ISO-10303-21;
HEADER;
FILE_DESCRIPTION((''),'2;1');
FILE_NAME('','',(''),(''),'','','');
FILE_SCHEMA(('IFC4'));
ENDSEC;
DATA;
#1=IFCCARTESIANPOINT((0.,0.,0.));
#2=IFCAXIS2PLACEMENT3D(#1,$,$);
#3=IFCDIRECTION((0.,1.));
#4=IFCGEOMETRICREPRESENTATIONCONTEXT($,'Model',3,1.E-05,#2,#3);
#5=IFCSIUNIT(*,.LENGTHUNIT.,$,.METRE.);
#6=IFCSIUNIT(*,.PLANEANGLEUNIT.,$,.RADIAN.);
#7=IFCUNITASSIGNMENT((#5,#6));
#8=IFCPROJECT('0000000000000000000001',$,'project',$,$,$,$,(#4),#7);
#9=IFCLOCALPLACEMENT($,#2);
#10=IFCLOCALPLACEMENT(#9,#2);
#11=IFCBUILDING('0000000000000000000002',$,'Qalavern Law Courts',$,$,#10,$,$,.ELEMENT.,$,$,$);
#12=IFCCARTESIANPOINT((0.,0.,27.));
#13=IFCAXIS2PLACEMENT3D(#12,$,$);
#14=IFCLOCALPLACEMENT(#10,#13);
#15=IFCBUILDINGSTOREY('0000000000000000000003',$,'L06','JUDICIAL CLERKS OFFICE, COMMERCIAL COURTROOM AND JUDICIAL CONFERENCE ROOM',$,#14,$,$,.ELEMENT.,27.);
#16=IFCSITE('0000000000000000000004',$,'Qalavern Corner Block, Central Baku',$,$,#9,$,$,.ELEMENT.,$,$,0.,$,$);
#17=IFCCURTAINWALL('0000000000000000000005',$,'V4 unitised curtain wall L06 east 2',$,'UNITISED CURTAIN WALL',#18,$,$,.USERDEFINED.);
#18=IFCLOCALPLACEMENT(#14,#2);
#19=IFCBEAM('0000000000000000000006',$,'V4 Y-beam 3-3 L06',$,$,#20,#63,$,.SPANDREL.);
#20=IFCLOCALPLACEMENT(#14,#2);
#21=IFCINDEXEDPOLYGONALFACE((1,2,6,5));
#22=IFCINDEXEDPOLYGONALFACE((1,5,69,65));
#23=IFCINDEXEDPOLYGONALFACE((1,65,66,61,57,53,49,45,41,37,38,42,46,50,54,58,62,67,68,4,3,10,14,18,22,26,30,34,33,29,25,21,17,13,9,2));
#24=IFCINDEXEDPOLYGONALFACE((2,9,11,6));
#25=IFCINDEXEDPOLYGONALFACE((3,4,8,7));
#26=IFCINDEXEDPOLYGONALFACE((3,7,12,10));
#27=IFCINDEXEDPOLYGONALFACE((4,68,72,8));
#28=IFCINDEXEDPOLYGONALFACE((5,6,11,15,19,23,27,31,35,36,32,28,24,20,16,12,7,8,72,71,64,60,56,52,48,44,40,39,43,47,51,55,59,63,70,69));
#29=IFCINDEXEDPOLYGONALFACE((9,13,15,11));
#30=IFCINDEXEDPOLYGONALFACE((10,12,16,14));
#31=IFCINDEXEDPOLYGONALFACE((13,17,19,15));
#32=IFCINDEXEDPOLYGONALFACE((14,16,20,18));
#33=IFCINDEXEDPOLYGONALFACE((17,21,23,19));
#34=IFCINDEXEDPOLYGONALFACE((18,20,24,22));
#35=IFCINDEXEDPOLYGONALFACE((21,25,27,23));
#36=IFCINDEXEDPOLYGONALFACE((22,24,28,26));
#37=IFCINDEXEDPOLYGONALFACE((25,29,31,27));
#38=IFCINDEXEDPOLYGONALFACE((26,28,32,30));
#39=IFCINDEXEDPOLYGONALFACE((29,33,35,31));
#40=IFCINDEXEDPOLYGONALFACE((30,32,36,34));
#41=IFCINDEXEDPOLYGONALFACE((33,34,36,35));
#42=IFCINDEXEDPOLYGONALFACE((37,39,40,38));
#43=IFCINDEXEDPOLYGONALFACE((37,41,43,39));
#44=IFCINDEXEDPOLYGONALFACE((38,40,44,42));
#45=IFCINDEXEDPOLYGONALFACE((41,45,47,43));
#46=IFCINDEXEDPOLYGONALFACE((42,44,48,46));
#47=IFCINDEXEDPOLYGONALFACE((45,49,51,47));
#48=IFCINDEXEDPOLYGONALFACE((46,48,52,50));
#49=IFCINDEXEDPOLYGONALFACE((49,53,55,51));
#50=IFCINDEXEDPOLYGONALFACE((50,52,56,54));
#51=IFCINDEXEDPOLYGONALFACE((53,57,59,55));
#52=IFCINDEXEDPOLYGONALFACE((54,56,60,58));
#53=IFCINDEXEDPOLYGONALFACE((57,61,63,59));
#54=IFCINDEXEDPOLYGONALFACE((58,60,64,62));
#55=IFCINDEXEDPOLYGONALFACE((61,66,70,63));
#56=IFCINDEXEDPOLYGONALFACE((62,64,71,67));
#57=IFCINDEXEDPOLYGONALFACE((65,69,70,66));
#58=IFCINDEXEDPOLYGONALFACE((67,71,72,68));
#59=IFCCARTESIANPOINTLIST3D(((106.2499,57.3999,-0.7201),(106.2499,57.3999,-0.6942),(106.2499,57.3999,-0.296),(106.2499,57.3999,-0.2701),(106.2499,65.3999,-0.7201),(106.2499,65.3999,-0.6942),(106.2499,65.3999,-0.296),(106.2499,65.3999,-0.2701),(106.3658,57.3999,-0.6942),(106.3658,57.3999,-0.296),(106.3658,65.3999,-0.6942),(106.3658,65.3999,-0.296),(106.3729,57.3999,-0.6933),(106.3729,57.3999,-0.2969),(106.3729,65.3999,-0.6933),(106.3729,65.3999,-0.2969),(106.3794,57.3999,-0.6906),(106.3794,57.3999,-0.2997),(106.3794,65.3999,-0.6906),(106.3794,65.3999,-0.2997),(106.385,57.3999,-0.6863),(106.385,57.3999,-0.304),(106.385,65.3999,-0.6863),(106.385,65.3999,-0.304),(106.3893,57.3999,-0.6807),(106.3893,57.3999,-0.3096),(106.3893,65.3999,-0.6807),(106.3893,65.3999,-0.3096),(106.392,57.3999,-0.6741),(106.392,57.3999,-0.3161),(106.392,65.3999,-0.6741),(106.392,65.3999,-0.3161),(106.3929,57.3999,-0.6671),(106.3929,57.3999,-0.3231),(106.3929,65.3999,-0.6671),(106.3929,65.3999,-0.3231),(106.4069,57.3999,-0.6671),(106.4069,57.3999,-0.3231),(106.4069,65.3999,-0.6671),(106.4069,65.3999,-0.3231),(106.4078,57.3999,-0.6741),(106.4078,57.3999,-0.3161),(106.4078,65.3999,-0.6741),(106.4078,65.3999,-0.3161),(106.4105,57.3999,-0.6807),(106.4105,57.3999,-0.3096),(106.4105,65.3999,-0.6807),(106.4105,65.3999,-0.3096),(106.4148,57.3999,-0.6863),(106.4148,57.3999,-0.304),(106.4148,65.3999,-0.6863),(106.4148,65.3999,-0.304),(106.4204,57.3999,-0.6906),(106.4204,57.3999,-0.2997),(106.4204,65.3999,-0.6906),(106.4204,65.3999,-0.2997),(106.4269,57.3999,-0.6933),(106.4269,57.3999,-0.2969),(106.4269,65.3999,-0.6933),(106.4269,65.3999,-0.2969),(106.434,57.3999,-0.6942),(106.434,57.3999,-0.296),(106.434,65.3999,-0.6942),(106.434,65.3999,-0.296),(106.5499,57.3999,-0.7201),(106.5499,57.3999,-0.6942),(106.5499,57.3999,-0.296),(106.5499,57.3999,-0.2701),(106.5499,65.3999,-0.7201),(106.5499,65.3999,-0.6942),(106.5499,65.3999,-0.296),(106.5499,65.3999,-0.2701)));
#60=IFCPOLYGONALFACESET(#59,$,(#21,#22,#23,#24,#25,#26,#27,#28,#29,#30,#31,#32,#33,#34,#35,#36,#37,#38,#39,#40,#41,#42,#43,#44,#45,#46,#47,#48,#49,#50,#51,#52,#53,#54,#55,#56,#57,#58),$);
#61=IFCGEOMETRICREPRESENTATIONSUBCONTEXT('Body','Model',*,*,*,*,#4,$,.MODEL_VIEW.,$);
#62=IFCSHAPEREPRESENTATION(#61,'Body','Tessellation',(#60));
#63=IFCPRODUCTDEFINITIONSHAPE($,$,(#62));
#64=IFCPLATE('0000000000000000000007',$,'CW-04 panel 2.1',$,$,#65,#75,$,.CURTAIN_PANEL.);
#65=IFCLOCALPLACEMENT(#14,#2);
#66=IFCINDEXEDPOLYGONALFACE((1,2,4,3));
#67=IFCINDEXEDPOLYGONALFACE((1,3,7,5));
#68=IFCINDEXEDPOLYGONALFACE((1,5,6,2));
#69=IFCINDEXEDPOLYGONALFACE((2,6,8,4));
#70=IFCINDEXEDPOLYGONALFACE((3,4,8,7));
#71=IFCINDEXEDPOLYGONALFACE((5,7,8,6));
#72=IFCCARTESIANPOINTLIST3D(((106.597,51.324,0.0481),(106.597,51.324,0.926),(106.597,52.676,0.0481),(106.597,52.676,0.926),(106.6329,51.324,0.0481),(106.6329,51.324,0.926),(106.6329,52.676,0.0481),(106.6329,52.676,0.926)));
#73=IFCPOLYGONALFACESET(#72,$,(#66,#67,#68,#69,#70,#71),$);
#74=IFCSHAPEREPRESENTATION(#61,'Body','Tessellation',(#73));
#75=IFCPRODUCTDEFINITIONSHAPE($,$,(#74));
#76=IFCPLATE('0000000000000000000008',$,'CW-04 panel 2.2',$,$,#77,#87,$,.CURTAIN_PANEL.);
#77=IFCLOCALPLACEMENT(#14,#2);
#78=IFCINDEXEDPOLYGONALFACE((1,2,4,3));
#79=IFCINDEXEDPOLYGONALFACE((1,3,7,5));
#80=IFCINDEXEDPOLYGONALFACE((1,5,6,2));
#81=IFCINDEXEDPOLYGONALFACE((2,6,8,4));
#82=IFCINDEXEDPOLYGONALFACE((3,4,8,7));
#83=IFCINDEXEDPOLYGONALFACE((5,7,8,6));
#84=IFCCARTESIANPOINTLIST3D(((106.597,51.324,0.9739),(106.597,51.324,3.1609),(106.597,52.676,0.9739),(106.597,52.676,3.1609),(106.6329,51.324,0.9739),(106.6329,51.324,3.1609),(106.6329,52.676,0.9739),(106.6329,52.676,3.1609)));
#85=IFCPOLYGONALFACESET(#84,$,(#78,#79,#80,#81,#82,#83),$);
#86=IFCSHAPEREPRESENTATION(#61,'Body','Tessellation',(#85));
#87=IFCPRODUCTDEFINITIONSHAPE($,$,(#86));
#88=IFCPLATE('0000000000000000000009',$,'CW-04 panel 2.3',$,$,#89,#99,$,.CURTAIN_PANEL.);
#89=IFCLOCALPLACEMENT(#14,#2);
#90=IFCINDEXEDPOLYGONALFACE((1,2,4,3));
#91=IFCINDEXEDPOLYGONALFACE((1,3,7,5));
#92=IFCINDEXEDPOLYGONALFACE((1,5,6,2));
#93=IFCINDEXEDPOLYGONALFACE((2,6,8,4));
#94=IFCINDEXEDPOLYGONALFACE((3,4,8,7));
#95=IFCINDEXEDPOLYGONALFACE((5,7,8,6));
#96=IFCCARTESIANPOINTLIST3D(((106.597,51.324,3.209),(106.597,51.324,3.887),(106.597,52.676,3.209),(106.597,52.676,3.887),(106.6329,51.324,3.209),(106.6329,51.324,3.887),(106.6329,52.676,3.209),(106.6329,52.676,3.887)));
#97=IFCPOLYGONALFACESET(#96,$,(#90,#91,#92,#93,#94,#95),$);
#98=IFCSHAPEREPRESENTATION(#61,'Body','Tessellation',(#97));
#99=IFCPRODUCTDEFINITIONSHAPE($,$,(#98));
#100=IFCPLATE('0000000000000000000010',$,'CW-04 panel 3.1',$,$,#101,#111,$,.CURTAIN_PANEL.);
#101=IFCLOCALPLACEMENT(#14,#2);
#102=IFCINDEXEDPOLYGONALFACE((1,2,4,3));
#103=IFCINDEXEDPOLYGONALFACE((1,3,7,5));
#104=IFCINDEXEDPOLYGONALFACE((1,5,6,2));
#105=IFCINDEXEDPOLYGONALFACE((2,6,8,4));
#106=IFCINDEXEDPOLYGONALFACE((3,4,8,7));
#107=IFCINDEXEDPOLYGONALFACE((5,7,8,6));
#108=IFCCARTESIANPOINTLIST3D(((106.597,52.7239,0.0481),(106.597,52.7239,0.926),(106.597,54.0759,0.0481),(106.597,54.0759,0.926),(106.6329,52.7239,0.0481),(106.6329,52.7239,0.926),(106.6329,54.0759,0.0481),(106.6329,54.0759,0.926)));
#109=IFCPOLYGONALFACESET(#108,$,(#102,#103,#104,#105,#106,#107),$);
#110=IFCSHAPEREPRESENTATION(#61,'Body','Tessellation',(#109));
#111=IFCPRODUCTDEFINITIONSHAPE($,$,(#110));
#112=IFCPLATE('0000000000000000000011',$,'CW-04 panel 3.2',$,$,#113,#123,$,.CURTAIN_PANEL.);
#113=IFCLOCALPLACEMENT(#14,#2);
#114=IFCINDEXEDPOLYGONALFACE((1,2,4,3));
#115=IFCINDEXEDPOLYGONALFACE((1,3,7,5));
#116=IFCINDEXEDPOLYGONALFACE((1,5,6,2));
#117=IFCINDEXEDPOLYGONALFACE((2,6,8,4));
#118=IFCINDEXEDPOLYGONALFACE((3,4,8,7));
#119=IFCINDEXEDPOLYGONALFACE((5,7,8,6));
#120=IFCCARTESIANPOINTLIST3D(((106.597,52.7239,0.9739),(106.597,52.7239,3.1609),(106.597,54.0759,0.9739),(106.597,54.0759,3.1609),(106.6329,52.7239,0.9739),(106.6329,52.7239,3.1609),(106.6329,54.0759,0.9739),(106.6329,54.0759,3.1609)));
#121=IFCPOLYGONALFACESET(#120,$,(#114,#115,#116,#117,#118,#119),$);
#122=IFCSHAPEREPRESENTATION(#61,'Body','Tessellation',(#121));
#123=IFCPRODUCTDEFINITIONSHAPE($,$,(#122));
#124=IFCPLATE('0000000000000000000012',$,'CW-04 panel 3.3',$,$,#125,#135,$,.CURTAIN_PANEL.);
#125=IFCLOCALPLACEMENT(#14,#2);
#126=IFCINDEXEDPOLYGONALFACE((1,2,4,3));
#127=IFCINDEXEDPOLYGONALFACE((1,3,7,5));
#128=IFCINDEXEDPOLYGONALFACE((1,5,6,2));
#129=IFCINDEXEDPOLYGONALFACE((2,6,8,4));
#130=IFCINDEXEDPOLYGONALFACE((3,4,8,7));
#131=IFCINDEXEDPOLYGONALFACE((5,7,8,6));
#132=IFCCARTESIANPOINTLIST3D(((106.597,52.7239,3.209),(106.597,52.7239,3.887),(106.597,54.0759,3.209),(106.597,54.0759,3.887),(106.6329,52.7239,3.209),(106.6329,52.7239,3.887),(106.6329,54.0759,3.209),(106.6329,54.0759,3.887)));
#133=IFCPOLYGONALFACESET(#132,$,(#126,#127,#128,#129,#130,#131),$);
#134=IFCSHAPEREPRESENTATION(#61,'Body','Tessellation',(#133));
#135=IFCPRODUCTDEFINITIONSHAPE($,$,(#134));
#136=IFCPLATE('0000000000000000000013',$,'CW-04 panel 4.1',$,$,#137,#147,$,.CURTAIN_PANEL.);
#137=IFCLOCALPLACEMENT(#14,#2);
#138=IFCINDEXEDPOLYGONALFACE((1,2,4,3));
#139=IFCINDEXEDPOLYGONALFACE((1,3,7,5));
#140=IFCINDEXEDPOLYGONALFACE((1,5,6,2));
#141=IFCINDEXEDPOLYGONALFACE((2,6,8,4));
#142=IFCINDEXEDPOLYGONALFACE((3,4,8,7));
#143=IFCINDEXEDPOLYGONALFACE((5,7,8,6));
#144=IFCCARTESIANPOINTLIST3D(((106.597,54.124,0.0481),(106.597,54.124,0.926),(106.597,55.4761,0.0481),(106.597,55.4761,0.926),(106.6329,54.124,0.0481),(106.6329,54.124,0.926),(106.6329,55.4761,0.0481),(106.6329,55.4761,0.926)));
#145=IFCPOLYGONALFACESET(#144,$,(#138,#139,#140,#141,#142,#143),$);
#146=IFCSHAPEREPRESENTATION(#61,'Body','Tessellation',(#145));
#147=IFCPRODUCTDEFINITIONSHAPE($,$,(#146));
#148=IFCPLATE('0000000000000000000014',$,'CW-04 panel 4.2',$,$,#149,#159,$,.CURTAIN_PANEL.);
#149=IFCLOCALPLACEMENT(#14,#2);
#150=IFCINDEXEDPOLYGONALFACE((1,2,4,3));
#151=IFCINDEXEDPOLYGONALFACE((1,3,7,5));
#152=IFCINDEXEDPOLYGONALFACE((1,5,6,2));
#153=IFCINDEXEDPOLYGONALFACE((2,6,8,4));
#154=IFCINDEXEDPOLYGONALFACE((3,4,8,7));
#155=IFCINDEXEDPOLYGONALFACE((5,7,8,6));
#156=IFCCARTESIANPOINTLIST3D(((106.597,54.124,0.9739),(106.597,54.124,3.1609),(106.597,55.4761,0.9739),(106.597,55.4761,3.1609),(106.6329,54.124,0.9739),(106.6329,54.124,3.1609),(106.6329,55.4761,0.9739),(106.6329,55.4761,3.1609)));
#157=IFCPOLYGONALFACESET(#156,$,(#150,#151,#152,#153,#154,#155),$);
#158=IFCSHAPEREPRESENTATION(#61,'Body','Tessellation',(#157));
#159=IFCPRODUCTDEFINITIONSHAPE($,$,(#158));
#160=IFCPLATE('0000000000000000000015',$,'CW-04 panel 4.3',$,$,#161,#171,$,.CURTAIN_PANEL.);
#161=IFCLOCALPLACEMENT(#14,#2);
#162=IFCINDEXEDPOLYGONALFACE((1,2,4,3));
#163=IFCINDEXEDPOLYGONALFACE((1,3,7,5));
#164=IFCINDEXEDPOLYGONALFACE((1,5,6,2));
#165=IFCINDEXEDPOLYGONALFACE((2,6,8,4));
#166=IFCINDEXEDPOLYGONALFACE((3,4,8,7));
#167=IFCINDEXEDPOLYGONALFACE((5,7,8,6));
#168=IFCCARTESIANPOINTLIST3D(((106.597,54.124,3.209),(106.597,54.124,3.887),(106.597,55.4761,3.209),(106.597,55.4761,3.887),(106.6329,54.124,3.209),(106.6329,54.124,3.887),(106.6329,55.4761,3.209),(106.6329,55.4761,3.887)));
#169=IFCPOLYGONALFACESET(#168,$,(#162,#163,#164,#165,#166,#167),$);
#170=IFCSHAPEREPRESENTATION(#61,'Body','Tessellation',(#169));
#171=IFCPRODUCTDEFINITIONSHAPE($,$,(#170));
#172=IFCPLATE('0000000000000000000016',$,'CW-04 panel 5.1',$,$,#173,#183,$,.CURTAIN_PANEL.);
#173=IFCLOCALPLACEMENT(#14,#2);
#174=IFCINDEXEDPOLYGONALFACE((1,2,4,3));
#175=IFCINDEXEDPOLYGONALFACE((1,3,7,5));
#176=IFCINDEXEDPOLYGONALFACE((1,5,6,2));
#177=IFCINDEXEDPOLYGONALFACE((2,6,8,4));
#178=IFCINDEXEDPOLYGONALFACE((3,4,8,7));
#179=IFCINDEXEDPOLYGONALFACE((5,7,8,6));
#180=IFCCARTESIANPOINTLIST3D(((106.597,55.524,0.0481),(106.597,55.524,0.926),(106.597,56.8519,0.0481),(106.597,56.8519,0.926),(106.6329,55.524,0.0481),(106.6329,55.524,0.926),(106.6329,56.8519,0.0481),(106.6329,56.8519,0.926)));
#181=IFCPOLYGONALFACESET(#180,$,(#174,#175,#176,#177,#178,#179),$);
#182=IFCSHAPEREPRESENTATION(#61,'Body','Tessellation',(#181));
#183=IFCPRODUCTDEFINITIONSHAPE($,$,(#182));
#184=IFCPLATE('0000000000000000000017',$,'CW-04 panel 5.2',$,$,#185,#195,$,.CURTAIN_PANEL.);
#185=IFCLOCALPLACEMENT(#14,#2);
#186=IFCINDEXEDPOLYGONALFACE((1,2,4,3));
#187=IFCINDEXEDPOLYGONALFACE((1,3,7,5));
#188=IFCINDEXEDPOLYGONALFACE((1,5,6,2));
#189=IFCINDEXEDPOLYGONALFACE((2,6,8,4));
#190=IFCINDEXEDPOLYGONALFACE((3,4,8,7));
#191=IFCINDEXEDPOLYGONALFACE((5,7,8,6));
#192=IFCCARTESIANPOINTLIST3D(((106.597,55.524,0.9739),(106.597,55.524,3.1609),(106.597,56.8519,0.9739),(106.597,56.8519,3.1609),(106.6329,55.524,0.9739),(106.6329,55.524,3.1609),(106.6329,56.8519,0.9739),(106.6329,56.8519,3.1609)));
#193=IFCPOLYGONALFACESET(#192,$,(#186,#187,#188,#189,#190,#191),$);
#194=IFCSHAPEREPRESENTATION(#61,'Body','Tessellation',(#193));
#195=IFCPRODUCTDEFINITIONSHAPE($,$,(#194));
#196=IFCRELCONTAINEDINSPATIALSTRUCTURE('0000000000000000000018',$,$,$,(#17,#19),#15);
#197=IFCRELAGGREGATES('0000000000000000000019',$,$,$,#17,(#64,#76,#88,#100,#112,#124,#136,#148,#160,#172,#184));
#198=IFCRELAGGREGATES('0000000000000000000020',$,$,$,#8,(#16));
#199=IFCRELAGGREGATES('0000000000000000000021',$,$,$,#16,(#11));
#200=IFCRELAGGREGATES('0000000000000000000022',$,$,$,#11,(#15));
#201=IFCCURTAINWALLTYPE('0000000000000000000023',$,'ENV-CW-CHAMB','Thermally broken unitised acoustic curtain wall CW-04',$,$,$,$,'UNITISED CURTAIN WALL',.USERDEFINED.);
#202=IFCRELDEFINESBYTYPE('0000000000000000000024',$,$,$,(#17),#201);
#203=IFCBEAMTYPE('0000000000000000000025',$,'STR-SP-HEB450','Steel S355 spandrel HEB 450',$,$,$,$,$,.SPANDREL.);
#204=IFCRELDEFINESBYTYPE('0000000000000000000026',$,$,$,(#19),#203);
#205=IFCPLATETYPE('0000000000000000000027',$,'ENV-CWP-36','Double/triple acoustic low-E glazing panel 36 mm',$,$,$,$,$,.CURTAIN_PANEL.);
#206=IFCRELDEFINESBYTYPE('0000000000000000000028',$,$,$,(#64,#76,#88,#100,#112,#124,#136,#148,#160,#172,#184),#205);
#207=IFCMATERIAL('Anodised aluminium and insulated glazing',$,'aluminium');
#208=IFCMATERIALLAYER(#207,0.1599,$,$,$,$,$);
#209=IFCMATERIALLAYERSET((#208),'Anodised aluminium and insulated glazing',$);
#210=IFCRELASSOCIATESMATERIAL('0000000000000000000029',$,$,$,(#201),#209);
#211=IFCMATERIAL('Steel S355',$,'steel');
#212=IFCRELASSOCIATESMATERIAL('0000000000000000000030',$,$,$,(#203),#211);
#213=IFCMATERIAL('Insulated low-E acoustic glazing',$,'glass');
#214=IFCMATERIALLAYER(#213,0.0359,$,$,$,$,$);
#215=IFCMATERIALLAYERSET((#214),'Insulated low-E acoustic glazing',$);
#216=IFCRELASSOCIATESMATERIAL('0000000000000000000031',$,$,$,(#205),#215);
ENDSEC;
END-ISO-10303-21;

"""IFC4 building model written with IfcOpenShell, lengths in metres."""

from ifc_helpers import new_model, si_unit, direction, frame, origin, origin_2d, place, context, subcontext, project, spatial, rectangle, i_section, extrude, material, layer, layer_set, material_profile, profile_set, type_object, element, aggregate, save


model = new_model("IFC4")

# Units and contexts
model_context = context("Model", 3, precision=1e-05, world=origin(), true_north=direction((0.0, 1.0)))
body_context = subcontext(model_context, "Body", "Model", "MODEL_VIEW")
ifc_project = project(units=[si_unit("LENGTHUNIT", "METRE"), si_unit("PLANEANGLEUNIT", "RADIAN")], contexts=[model_context])

# Site, building, storey
site_placement = place(None, origin())
site = spatial("IfcSite", under=ifc_project, at=site_placement, Name="Qalavern Corner Block, Central Baku", CompositionType="ELEMENT", RefElevation=0.0)
building_placement = place(site_placement, origin())
building = spatial("IfcBuilding", under=site, at=building_placement, Name="Qalavern Law Courts", CompositionType="ELEMENT")
storey_placement = place(building_placement, frame((0.0, 0.0, 27.0)))
storey = spatial("IfcBuildingStorey", under=building, at=storey_placement, Name="L06", Description="JUDICIAL CLERKS OFFICE, COMMERCIAL COURTROOM AND JUDICIAL CONFERENCE ROOM", CompositionType="ELEMENT", Elevation=27.0)

# Curtain wall
ifc_material_1 = material(Name="Anodised aluminium and insulated glazing", Category="aluminium")
ifc_layer_1 = layer(ifc_material_1, 0.1599)
ifc_layer_set_1 = layer_set([ifc_layer_1], Name="Anodised aluminium and insulated glazing")
curtain_wall_type = type_object("IfcCurtainWallType", Name="ENV-CW-CHAMB", Description="Thermally broken unitised acoustic curtain wall CW-04", ElementType="UNITISED CURTAIN WALL", PredefinedType="USERDEFINED", material=ifc_layer_set_1)
curtain_wall_placement = place(storey_placement, origin())
curtain_wall = element("IfcCurtainWall", 1, at=curtain_wall_placement, inside=storey, type_object=curtain_wall_type, Name="V4 unitised curtain wall L06 east 2", ObjectType="UNITISED CURTAIN WALL", PredefinedType="USERDEFINED")

# Beam
ifc_material_2 = material(Name="Steel S355", Category="steel")
ifc_material_profile_1 = material_profile(ifc_material_2, i_section(OverallWidth=0.3, OverallDepth=0.45, WebThickness=0.0139, FlangeThickness=0.0259, FilletRadius=0.0271, at=origin_2d()), Name="HEB 450")
ifc_profile_set_1 = profile_set([ifc_material_profile_1], Name="Steel S355")
beam_type_1 = type_object("IfcBeamType", Name="STR-SP-HEB450", Description="Steel S355 spandrel HEB 450", PredefinedType="SPANDREL", material=ifc_profile_set_1)
beam_1_placement = place(storey_placement, frame((106.3999, 57.3999, -0.4951), z_axis=(0.0, 1.0, 0.0), x_axis=(-1.0, 0.0, 0.0)))
element("IfcBeam", 2, at=beam_1_placement, inside=storey, type_object=beam_type_1, Name="V4 Y-beam 3-3 L06", PredefinedType="SPANDREL", context=body_context, shape_type="SweptSolid", body=[
    extrude(i_section(OverallWidth=0.3, OverallDepth=0.45, WebThickness=0.0139, FlangeThickness=0.0259, FilletRadius=0.0271, at=origin_2d()), origin(), (0.0, 0.0, 1.0), 8.0),
])

# Plates
ifc_material_3 = material(Name="Insulated low-E acoustic glazing", Category="glass")
ifc_layer_2 = layer(ifc_material_3, 0.0359)
ifc_layer_set_2 = layer_set([ifc_layer_2], Name="Insulated low-E acoustic glazing")
plate_type = type_object("IfcPlateType", Name="ENV-CWP-36", Description="Double/triple acoustic low-E glazing panel 36 mm", PredefinedType="CURTAIN_PANEL", material=ifc_layer_set_2)
plate_1_placement = place(storey_placement, frame((106.615, 52.0, 0.0481), z_axis=(0.0, 0.0, 1.0), x_axis=(0.0, 1.0, 0.0)))
plate_1 = element("IfcPlate", 3, at=plate_1_placement, type_object=plate_type, Name="CW-04 panel 2.1", PredefinedType="CURTAIN_PANEL", context=body_context, shape_type="SweptSolid", body=[
    extrude(rectangle(XDim=1.3521, YDim=0.0359, at=origin_2d()), origin(), (0.0, 0.0, 1.0), 0.8779),
])
plate_2_placement = place(storey_placement, frame((106.615, 52.0, 0.9739), z_axis=(0.0, 0.0, 1.0), x_axis=(0.0, 1.0, 0.0)))
plate_2 = element("IfcPlate", 4, at=plate_2_placement, type_object=plate_type, Name="CW-04 panel 2.2", PredefinedType="CURTAIN_PANEL", context=body_context, shape_type="SweptSolid", body=[
    extrude(rectangle(XDim=1.3521, YDim=0.0359, at=origin_2d()), origin(), (0.0, 0.0, 1.0), 2.187),
])
plate_3_placement = place(storey_placement, frame((106.615, 52.0, 3.209), z_axis=(0.0, 0.0, 1.0), x_axis=(0.0, 1.0, 0.0)))
plate_3 = element("IfcPlate", 5, at=plate_3_placement, type_object=plate_type, Name="CW-04 panel 2.3", PredefinedType="CURTAIN_PANEL", context=body_context, shape_type="SweptSolid", body=[
    extrude(rectangle(XDim=1.3521, YDim=0.0359, at=origin_2d()), origin(), (0.0, 0.0, 1.0), 0.678),
])
plate_4_placement = place(storey_placement, frame((106.615, 53.3999, 0.0481), z_axis=(0.0, 0.0, 1.0), x_axis=(0.0, 1.0, 0.0)))
plate_4 = element("IfcPlate", 6, at=plate_4_placement, type_object=plate_type, Name="CW-04 panel 3.1", PredefinedType="CURTAIN_PANEL", context=body_context, shape_type="SweptSolid", body=[
    extrude(rectangle(XDim=1.3521, YDim=0.0359, at=origin_2d()), origin(), (0.0, 0.0, 1.0), 0.8779),
])
plate_5_placement = place(storey_placement, frame((106.615, 53.3999, 0.9739), z_axis=(0.0, 0.0, 1.0), x_axis=(0.0, 1.0, 0.0)))
plate_5 = element("IfcPlate", 7, at=plate_5_placement, type_object=plate_type, Name="CW-04 panel 3.2", PredefinedType="CURTAIN_PANEL", context=body_context, shape_type="SweptSolid", body=[
    extrude(rectangle(XDim=1.3521, YDim=0.0359, at=origin_2d()), origin(), (0.0, 0.0, 1.0), 2.187),
])
plate_6_placement = place(storey_placement, frame((106.615, 53.3999, 3.209), z_axis=(0.0, 0.0, 1.0), x_axis=(0.0, 1.0, 0.0)))
plate_6 = element("IfcPlate", 8, at=plate_6_placement, type_object=plate_type, Name="CW-04 panel 3.3", PredefinedType="CURTAIN_PANEL", context=body_context, shape_type="SweptSolid", body=[
    extrude(rectangle(XDim=1.3521, YDim=0.0359, at=origin_2d()), origin(), (0.0, 0.0, 1.0), 0.678),
])
plate_7_placement = place(storey_placement, frame((106.615, 54.8, 0.0481), z_axis=(0.0, 0.0, 1.0), x_axis=(0.0, 1.0, 0.0)))
plate_7 = element("IfcPlate", 9, at=plate_7_placement, type_object=plate_type, Name="CW-04 panel 4.1", PredefinedType="CURTAIN_PANEL", context=body_context, shape_type="SweptSolid", body=[
    extrude(rectangle(XDim=1.3521, YDim=0.0359, at=origin_2d()), origin(), (0.0, 0.0, 1.0), 0.8779),
])
plate_8_placement = place(storey_placement, frame((106.615, 54.8, 0.9739), z_axis=(0.0, 0.0, 1.0), x_axis=(0.0, 1.0, 0.0)))
plate_8 = element("IfcPlate", 10, at=plate_8_placement, type_object=plate_type, Name="CW-04 panel 4.2", PredefinedType="CURTAIN_PANEL", context=body_context, shape_type="SweptSolid", body=[
    extrude(rectangle(XDim=1.3521, YDim=0.0359, at=origin_2d()), origin(), (0.0, 0.0, 1.0), 2.187),
])
plate_9_placement = place(storey_placement, frame((106.615, 54.8, 3.209), z_axis=(0.0, 0.0, 1.0), x_axis=(0.0, 1.0, 0.0)))
plate_9 = element("IfcPlate", 11, at=plate_9_placement, type_object=plate_type, Name="CW-04 panel 4.3", PredefinedType="CURTAIN_PANEL", context=body_context, shape_type="SweptSolid", body=[
    extrude(rectangle(XDim=1.3521, YDim=0.0359, at=origin_2d()), origin(), (0.0, 0.0, 1.0), 0.678),
])
plate_10_placement = place(storey_placement, frame((106.615, 56.188, 0.0481), z_axis=(0.0, 0.0, 1.0), x_axis=(0.0, 1.0, 0.0)))
plate_10 = element("IfcPlate", 12, at=plate_10_placement, type_object=plate_type, Name="CW-04 panel 5.1", PredefinedType="CURTAIN_PANEL", context=body_context, shape_type="SweptSolid", body=[
    extrude(rectangle(XDim=1.3279, YDim=0.0359, at=origin_2d()), origin(), (0.0, 0.0, 1.0), 0.8779),
])
plate_11_placement = place(storey_placement, frame((106.615, 56.188, 0.9739), z_axis=(0.0, 0.0, 1.0), x_axis=(0.0, 1.0, 0.0)))
plate_11 = element("IfcPlate", 13, at=plate_11_placement, type_object=plate_type, Name="CW-04 panel 5.2", PredefinedType="CURTAIN_PANEL", context=body_context, shape_type="SweptSolid", body=[
    extrude(rectangle(XDim=1.3279, YDim=0.0359, at=origin_2d()), origin(), (0.0, 0.0, 1.0), 2.187),
])
aggregate(curtain_wall, [plate_1, plate_2, plate_3, plate_4, plate_5, plate_6, plate_7, plate_8, plate_9, plate_10, plate_11])

save(model, "model.ifc")
